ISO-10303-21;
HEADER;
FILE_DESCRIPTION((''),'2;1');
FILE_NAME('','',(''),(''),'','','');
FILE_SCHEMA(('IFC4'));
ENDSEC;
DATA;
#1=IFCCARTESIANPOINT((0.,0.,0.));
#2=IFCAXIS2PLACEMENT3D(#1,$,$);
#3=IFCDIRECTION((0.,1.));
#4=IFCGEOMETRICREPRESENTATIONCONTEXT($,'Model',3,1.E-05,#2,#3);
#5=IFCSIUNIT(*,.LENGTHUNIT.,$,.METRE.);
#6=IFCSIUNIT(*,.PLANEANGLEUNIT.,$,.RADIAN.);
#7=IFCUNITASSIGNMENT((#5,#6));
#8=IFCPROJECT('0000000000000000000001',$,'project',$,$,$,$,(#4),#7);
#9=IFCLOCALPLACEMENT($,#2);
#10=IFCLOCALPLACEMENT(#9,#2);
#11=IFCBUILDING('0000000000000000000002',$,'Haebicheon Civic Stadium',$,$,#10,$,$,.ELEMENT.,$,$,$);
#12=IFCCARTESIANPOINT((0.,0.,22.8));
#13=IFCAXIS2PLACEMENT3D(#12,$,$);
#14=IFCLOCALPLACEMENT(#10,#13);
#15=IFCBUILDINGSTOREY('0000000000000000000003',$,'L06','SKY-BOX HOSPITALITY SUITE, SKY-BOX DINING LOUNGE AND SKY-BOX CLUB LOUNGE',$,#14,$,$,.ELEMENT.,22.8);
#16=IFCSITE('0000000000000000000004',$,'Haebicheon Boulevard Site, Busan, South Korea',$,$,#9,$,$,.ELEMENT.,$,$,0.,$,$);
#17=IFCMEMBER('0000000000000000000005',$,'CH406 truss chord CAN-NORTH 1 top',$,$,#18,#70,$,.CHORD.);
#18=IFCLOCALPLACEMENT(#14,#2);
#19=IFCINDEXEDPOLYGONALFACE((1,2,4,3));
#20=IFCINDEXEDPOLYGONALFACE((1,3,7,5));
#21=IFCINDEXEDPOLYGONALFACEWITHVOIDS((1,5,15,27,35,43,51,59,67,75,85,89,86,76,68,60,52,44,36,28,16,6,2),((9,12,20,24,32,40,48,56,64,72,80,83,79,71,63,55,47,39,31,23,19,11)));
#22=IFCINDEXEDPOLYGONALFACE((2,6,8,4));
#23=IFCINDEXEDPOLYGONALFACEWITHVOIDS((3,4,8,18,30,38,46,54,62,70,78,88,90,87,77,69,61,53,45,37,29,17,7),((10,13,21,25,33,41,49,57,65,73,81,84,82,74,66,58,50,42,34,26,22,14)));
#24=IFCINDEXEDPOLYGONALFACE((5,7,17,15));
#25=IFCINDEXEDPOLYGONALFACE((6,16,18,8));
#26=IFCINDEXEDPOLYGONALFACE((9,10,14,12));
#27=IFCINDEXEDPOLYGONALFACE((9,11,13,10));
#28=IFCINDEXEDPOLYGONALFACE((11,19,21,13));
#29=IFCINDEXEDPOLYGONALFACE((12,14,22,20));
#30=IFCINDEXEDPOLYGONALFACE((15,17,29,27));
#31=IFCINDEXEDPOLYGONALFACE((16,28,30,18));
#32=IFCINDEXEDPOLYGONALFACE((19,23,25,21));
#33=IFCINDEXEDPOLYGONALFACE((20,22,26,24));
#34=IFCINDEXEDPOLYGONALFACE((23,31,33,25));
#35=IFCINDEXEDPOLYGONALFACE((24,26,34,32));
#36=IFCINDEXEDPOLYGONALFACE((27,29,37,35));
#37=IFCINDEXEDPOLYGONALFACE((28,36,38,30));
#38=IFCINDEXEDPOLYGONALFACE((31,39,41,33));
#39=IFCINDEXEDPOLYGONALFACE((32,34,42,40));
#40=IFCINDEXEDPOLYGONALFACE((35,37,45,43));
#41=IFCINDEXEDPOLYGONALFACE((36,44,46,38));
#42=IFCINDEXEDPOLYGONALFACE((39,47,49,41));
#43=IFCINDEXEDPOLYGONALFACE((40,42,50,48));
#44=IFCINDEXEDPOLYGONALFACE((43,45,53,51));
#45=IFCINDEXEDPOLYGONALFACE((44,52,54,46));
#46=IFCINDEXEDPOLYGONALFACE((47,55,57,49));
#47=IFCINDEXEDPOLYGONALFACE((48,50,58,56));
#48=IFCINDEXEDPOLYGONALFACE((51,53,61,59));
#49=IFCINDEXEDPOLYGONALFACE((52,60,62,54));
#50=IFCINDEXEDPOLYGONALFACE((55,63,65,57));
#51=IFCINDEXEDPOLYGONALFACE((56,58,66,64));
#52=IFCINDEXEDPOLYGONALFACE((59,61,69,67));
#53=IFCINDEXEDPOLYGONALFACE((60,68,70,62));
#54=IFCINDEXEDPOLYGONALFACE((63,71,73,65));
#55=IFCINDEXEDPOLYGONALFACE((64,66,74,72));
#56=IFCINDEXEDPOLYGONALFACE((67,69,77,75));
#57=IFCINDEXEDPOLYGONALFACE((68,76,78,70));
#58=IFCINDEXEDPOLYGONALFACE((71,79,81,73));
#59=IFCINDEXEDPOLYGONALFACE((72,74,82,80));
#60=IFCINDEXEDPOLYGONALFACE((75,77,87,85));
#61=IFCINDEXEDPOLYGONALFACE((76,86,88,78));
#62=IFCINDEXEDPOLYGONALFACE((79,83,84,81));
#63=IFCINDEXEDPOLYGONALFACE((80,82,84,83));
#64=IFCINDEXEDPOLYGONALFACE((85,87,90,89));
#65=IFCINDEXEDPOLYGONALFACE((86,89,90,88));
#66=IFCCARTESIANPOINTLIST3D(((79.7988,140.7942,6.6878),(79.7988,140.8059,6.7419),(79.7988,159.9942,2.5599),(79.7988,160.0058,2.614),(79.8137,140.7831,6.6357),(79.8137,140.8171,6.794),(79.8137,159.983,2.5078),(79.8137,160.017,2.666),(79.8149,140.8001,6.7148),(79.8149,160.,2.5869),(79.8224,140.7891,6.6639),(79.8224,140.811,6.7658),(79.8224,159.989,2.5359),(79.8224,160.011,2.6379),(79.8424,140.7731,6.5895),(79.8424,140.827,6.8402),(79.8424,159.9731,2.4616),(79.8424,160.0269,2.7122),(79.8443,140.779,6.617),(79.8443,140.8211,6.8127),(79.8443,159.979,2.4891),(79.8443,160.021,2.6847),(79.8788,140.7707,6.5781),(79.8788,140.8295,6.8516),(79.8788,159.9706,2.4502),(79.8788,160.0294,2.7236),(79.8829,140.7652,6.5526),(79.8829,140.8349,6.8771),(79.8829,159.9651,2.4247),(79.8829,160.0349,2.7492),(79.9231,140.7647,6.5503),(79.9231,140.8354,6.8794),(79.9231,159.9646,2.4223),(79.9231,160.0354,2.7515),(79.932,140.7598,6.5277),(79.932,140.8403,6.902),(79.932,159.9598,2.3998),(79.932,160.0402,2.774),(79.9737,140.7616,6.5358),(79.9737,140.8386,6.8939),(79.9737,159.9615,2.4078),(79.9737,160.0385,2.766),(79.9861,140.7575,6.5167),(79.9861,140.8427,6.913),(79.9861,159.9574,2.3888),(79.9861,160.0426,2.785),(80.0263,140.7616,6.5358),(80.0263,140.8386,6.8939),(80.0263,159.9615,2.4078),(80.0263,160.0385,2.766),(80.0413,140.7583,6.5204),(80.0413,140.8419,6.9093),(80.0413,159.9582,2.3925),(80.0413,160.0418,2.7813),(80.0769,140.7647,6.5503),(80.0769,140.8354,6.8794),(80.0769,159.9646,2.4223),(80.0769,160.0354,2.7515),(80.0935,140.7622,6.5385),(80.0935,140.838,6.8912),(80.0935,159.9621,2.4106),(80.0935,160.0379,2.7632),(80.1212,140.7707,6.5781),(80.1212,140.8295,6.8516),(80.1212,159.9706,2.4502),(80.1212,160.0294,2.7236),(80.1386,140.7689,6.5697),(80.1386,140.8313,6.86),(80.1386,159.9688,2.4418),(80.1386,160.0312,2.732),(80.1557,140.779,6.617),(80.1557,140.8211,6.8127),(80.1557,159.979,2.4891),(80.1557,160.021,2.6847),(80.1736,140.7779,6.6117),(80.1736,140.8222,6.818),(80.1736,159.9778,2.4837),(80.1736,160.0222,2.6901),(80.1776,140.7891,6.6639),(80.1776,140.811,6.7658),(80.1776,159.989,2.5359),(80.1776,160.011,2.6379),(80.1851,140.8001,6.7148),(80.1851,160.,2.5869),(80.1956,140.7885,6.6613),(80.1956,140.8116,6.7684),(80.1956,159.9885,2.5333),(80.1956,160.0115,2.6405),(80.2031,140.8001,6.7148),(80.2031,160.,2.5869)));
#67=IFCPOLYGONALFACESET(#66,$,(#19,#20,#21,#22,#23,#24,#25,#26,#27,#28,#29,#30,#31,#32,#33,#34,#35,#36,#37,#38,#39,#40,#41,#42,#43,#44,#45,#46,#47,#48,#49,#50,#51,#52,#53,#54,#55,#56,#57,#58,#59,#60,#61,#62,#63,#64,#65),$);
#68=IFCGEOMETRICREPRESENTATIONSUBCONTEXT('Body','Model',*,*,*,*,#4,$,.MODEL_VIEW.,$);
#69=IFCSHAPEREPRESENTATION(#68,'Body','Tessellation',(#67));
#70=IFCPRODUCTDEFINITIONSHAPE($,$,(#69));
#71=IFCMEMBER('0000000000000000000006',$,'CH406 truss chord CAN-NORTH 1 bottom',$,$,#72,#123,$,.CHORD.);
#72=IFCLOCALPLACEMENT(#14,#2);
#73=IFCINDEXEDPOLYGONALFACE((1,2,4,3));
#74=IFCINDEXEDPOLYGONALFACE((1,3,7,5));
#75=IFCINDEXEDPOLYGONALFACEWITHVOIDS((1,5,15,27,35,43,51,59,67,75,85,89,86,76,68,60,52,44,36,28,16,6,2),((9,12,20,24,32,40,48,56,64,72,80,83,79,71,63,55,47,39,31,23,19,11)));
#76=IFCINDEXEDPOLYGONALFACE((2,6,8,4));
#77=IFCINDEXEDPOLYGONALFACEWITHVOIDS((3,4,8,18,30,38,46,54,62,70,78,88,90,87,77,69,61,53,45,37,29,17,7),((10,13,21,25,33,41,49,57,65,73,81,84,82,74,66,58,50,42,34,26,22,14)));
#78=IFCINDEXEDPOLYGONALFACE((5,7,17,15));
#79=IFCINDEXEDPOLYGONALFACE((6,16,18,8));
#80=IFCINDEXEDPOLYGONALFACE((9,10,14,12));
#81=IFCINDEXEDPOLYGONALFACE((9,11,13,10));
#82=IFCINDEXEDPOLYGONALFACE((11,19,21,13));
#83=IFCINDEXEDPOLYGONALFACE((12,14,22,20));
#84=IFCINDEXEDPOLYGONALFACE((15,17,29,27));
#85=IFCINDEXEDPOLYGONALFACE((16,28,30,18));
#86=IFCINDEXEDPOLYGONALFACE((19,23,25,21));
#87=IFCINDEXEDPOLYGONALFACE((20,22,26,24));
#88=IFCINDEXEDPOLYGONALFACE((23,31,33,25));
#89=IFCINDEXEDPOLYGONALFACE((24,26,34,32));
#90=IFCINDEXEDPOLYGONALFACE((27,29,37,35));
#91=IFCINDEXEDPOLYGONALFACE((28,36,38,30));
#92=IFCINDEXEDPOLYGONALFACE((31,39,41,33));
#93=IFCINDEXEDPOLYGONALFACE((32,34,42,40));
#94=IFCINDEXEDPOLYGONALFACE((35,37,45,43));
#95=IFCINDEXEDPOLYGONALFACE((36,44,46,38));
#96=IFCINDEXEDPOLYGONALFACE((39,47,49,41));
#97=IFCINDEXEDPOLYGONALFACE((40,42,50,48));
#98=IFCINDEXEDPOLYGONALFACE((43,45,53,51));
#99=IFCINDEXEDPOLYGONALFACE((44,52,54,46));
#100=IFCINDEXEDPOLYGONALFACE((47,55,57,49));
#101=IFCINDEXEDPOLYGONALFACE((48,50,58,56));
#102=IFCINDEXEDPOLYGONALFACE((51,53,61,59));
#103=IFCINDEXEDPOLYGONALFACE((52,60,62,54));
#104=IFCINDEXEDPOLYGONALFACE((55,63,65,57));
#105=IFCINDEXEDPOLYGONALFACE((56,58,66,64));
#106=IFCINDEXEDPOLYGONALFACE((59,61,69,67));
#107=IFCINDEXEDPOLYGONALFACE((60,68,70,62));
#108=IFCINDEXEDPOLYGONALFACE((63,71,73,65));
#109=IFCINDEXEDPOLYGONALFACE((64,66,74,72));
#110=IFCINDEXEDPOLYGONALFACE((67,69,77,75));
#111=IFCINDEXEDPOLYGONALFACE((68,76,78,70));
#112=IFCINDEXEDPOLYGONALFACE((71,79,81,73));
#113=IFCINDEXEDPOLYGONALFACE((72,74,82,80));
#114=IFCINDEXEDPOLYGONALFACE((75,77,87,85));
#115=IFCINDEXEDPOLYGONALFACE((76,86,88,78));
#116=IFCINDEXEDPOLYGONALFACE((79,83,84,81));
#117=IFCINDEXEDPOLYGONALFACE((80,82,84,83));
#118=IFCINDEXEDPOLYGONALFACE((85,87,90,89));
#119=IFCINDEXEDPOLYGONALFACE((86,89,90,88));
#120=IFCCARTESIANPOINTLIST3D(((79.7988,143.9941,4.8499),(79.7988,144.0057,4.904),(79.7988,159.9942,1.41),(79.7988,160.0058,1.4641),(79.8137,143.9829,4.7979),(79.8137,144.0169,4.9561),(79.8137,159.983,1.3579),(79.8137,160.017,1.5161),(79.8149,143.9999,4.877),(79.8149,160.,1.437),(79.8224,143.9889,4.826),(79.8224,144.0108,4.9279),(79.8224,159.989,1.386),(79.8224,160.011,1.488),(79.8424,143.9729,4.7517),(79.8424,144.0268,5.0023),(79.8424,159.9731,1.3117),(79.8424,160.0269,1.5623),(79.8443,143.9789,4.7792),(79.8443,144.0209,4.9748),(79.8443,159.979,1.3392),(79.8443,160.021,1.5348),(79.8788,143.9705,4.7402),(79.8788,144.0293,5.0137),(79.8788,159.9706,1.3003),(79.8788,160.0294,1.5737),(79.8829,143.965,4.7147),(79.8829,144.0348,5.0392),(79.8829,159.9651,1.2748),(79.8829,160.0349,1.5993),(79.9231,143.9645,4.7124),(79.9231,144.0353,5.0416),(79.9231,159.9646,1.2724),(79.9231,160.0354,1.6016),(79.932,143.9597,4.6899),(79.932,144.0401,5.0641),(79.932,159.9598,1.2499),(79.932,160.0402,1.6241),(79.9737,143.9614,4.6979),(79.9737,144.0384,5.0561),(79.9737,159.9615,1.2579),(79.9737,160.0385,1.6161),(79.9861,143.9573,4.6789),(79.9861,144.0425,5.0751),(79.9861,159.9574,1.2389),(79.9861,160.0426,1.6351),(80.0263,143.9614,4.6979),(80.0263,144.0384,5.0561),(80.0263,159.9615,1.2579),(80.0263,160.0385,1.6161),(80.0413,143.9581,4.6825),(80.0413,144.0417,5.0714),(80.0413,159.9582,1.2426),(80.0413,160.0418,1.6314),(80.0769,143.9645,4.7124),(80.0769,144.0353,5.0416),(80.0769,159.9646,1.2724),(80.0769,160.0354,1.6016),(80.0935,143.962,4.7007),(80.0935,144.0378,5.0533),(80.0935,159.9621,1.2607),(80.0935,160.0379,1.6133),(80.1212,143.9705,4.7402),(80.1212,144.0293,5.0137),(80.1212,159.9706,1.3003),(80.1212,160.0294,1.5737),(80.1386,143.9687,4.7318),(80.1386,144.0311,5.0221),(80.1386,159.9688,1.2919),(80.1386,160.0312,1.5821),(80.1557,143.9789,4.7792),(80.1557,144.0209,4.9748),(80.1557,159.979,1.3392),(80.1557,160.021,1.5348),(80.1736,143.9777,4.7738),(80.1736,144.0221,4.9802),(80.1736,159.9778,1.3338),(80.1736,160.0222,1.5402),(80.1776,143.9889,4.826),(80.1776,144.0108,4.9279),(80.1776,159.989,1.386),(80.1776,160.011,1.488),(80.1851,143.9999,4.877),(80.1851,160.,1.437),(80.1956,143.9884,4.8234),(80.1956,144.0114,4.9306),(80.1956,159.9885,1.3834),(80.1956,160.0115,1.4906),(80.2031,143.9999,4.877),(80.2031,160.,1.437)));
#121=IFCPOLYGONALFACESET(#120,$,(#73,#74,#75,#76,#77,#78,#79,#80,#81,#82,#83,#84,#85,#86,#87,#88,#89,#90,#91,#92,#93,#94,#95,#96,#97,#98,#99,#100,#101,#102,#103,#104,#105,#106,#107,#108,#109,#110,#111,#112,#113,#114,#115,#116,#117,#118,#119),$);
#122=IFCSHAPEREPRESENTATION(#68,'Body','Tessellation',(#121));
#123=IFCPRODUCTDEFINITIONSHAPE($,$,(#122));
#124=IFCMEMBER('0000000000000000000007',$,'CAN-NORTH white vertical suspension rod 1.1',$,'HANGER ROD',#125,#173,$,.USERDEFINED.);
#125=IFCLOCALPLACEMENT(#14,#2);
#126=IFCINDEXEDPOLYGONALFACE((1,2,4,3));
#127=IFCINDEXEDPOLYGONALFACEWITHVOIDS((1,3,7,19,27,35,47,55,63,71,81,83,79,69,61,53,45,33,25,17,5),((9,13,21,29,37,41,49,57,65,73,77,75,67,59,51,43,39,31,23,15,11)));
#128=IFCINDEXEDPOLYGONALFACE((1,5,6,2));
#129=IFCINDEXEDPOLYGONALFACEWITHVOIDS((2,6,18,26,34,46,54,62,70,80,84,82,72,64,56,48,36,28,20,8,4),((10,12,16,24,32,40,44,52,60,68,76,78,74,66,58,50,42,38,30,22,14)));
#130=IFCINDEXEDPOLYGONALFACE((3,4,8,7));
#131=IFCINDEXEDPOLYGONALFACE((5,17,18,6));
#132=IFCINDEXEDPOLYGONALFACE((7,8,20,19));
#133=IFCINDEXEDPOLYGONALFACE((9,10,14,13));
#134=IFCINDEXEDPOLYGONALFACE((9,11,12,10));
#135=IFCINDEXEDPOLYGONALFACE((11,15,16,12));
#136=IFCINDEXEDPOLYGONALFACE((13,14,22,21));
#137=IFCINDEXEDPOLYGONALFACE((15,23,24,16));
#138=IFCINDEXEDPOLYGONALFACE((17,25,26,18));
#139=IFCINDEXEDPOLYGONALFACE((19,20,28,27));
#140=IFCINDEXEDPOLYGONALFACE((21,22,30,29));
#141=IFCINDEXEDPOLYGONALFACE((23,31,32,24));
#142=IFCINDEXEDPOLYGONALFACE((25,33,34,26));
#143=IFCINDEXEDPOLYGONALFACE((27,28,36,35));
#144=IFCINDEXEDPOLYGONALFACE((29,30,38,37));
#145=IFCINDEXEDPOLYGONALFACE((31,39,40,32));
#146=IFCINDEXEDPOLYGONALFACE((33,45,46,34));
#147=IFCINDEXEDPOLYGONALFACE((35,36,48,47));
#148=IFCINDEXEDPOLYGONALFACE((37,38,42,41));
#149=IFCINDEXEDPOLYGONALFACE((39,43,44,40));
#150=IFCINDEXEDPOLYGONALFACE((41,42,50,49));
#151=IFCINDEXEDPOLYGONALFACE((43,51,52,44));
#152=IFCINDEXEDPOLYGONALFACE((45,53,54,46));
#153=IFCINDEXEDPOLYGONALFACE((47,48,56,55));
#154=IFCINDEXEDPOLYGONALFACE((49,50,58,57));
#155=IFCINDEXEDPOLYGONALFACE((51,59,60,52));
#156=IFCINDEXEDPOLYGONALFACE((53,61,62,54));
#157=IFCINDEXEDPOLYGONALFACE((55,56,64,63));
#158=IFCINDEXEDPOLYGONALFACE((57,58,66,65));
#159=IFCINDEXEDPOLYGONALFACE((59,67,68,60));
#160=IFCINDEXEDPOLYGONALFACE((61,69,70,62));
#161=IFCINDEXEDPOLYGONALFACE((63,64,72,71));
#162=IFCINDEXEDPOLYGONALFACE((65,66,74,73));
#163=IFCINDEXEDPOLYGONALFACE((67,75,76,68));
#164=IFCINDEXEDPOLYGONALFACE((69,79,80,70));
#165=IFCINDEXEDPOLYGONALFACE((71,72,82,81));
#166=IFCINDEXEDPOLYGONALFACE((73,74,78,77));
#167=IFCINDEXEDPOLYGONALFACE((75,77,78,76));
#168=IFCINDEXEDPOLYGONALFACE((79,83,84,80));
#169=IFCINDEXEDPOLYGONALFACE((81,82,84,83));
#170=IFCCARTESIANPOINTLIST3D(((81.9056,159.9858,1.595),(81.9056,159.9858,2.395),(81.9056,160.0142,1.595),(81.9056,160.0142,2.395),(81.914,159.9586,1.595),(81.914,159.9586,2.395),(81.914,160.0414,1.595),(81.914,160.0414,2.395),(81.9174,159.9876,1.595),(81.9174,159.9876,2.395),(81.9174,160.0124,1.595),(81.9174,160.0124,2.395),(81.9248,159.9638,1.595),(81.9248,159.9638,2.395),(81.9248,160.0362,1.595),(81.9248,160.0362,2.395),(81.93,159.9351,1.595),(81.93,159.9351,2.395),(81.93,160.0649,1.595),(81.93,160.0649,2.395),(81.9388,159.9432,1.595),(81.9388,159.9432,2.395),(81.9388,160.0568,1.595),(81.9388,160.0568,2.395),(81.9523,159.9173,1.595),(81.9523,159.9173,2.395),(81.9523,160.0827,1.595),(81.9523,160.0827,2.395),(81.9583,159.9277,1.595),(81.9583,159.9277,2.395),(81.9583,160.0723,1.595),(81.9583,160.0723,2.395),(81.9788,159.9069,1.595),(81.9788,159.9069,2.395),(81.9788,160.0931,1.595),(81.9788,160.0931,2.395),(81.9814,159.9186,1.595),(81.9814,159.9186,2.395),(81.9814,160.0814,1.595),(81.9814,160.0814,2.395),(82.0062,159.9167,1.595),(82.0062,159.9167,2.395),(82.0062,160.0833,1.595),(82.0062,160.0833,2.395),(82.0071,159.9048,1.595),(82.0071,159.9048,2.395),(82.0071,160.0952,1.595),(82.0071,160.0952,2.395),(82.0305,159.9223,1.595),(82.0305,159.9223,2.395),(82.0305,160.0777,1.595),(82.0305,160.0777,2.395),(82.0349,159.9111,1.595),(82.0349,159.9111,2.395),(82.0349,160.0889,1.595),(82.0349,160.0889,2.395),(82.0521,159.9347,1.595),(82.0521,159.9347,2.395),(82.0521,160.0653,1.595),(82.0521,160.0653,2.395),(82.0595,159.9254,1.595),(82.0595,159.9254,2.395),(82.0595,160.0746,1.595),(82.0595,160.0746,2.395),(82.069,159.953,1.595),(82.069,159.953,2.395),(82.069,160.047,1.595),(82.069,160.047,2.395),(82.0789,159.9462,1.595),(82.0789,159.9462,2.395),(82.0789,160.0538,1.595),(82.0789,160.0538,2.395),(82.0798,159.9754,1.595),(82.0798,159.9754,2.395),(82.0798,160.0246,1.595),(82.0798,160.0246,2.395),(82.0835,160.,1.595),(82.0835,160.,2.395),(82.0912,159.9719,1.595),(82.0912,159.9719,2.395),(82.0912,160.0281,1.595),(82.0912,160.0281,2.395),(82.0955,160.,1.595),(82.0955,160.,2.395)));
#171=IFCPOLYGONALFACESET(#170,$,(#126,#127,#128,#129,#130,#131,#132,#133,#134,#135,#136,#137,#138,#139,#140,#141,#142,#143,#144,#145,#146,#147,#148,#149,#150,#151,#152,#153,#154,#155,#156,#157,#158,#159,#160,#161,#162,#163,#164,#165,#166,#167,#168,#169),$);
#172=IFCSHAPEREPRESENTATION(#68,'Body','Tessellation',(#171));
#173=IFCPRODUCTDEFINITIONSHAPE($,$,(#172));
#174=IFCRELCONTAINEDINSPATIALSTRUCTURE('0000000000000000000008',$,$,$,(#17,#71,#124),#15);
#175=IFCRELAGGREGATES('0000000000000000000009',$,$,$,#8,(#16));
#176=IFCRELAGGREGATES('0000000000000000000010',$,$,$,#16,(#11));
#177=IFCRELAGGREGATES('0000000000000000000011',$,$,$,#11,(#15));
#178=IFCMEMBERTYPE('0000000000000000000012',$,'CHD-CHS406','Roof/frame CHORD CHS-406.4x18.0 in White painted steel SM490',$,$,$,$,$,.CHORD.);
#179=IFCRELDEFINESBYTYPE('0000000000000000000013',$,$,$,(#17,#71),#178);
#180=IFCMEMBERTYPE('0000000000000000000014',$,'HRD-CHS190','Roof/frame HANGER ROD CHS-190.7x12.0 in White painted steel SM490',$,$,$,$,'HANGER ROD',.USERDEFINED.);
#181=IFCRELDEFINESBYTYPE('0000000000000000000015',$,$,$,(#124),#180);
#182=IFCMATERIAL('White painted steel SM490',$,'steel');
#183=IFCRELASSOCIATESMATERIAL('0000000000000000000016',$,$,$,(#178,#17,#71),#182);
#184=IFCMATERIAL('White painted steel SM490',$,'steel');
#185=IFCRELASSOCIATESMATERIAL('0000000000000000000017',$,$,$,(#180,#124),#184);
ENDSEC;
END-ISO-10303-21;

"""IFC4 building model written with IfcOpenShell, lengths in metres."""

from ifc_helpers import new_model, si_unit, direction, frame, origin, origin_2d, place, context, subcontext, project, spatial, hollow_circle, extrude, material, material_profile, profile_set, type_object, element, save


model = new_model("IFC4")

# Units and contexts
model_context = context("Model", 3, precision=1e-05, world=origin(), true_north=direction((0.0, 1.0)))
body_context = subcontext(model_context, "Body", "Model", "MODEL_VIEW")
ifc_project = project(units=[si_unit("LENGTHUNIT", "METRE"), si_unit("PLANEANGLEUNIT", "RADIAN")], contexts=[model_context])

# Site, building, storey
site_placement = place(None, origin())
site = spatial("IfcSite", under=ifc_project, at=site_placement, Name="Haebicheon Boulevard Site, Busan, South Korea", CompositionType="ELEMENT", RefElevation=0.0)
building_placement = place(site_placement, origin())
building = spatial("IfcBuilding", under=site, at=building_placement, Name="Haebicheon Civic Stadium", CompositionType="ELEMENT")
storey_placement = place(building_placement, frame((0.0, 0.0, 22.8)))
storey = spatial("IfcBuildingStorey", under=building, at=storey_placement, Name="L06", Description="SKY-BOX HOSPITALITY SUITE, SKY-BOX DINING LOUNGE AND SKY-BOX CLUB LOUNGE", CompositionType="ELEMENT", Elevation=22.8)

# Members
ifc_material_1 = material(Name="White painted steel SM490", Category="steel")
ifc_material_profile_1 = material_profile(ifc_material_1, hollow_circle(Radius=0.2031, WallThickness=0.0181, at=origin_2d()), Name="CHS-406.4x18.0")
ifc_profile_set_1 = profile_set([ifc_material_profile_1], Name="White painted steel SM490")
member_type_1 = type_object("IfcMemberType", Name="CHD-CHS406", Description="Roof/frame CHORD CHS-406.4x18.0 in White painted steel SM490", PredefinedType="CHORD", material=ifc_profile_set_1)
member_1_placement = place(storey_placement, frame((80.0, 160.0, 2.5869), z_axis=(0.0, -0.97766, 0.210194), x_axis=(1.0, 0.0, 0.0)))
element("IfcMember", 1, at=member_1_placement, inside=storey, type_object=member_type_1, material=ifc_profile_set_1, Name="CH406 truss chord CAN-NORTH 1 top", PredefinedType="CHORD", context=body_context, shape_type="SweptSolid", body=[
    extrude(hollow_circle(Radius=0.2031, WallThickness=0.0181, at=origin_2d()), origin(), (0.0, 0.0, 1.0), 19.6387),
])
member_2_placement = place(storey_placement, frame((80.0, 160.0, 1.437), z_axis=(0.0, -0.97766, 0.210193), x_axis=(1.0, 0.0, 0.0)))
element("IfcMember", 2, at=member_2_placement, inside=storey, type_object=member_type_1, material=ifc_profile_set_1, Name="CH406 truss chord CAN-NORTH 1 bottom", PredefinedType="CHORD", context=body_context, shape_type="SweptSolid", body=[
    extrude(hollow_circle(Radius=0.2031, WallThickness=0.0181, at=origin_2d()), origin(), (0.0, 0.0, 1.0), 16.3657),
])
ifc_material_2 = material(Name="White painted steel SM490", Category="steel")
ifc_material_profile_2 = material_profile(ifc_material_2, hollow_circle(Radius=0.0955, WallThickness=0.012, at=origin_2d()), Name="CHS-190.7x12.0")
ifc_profile_set_2 = profile_set([ifc_material_profile_2], Name="White painted steel SM490")
member_type_2 = type_object("IfcMemberType", Name="HRD-CHS190", Description="Roof/frame HANGER ROD CHS-190.7x12.0 in White painted steel SM490", ElementType="HANGER ROD", PredefinedType="USERDEFINED", material=ifc_profile_set_2)
for number, where, z_axis, x_axis, name in (
    (3, (82.0, 160.0, 1.595), (0.0, 0.0, 1.0), (1.0, 0.0, 0.0), "CAN-NORTH white vertical suspension rod 1.1"),
):
    element("IfcMember", number, at=place(storey_placement, frame(where, z_axis=z_axis, x_axis=x_axis)), inside=storey, type_object=member_type_2, material=ifc_profile_set_2, Name=name, ObjectType="HANGER ROD", PredefinedType="USERDEFINED", context=body_context, shape_type="SweptSolid", body=[
        extrude(hollow_circle(Radius=0.0955, WallThickness=0.012, at=origin_2d()), origin(), (0.0, 0.0, 1.0), 0.8),
    ])

save(model, "model.ifc")
